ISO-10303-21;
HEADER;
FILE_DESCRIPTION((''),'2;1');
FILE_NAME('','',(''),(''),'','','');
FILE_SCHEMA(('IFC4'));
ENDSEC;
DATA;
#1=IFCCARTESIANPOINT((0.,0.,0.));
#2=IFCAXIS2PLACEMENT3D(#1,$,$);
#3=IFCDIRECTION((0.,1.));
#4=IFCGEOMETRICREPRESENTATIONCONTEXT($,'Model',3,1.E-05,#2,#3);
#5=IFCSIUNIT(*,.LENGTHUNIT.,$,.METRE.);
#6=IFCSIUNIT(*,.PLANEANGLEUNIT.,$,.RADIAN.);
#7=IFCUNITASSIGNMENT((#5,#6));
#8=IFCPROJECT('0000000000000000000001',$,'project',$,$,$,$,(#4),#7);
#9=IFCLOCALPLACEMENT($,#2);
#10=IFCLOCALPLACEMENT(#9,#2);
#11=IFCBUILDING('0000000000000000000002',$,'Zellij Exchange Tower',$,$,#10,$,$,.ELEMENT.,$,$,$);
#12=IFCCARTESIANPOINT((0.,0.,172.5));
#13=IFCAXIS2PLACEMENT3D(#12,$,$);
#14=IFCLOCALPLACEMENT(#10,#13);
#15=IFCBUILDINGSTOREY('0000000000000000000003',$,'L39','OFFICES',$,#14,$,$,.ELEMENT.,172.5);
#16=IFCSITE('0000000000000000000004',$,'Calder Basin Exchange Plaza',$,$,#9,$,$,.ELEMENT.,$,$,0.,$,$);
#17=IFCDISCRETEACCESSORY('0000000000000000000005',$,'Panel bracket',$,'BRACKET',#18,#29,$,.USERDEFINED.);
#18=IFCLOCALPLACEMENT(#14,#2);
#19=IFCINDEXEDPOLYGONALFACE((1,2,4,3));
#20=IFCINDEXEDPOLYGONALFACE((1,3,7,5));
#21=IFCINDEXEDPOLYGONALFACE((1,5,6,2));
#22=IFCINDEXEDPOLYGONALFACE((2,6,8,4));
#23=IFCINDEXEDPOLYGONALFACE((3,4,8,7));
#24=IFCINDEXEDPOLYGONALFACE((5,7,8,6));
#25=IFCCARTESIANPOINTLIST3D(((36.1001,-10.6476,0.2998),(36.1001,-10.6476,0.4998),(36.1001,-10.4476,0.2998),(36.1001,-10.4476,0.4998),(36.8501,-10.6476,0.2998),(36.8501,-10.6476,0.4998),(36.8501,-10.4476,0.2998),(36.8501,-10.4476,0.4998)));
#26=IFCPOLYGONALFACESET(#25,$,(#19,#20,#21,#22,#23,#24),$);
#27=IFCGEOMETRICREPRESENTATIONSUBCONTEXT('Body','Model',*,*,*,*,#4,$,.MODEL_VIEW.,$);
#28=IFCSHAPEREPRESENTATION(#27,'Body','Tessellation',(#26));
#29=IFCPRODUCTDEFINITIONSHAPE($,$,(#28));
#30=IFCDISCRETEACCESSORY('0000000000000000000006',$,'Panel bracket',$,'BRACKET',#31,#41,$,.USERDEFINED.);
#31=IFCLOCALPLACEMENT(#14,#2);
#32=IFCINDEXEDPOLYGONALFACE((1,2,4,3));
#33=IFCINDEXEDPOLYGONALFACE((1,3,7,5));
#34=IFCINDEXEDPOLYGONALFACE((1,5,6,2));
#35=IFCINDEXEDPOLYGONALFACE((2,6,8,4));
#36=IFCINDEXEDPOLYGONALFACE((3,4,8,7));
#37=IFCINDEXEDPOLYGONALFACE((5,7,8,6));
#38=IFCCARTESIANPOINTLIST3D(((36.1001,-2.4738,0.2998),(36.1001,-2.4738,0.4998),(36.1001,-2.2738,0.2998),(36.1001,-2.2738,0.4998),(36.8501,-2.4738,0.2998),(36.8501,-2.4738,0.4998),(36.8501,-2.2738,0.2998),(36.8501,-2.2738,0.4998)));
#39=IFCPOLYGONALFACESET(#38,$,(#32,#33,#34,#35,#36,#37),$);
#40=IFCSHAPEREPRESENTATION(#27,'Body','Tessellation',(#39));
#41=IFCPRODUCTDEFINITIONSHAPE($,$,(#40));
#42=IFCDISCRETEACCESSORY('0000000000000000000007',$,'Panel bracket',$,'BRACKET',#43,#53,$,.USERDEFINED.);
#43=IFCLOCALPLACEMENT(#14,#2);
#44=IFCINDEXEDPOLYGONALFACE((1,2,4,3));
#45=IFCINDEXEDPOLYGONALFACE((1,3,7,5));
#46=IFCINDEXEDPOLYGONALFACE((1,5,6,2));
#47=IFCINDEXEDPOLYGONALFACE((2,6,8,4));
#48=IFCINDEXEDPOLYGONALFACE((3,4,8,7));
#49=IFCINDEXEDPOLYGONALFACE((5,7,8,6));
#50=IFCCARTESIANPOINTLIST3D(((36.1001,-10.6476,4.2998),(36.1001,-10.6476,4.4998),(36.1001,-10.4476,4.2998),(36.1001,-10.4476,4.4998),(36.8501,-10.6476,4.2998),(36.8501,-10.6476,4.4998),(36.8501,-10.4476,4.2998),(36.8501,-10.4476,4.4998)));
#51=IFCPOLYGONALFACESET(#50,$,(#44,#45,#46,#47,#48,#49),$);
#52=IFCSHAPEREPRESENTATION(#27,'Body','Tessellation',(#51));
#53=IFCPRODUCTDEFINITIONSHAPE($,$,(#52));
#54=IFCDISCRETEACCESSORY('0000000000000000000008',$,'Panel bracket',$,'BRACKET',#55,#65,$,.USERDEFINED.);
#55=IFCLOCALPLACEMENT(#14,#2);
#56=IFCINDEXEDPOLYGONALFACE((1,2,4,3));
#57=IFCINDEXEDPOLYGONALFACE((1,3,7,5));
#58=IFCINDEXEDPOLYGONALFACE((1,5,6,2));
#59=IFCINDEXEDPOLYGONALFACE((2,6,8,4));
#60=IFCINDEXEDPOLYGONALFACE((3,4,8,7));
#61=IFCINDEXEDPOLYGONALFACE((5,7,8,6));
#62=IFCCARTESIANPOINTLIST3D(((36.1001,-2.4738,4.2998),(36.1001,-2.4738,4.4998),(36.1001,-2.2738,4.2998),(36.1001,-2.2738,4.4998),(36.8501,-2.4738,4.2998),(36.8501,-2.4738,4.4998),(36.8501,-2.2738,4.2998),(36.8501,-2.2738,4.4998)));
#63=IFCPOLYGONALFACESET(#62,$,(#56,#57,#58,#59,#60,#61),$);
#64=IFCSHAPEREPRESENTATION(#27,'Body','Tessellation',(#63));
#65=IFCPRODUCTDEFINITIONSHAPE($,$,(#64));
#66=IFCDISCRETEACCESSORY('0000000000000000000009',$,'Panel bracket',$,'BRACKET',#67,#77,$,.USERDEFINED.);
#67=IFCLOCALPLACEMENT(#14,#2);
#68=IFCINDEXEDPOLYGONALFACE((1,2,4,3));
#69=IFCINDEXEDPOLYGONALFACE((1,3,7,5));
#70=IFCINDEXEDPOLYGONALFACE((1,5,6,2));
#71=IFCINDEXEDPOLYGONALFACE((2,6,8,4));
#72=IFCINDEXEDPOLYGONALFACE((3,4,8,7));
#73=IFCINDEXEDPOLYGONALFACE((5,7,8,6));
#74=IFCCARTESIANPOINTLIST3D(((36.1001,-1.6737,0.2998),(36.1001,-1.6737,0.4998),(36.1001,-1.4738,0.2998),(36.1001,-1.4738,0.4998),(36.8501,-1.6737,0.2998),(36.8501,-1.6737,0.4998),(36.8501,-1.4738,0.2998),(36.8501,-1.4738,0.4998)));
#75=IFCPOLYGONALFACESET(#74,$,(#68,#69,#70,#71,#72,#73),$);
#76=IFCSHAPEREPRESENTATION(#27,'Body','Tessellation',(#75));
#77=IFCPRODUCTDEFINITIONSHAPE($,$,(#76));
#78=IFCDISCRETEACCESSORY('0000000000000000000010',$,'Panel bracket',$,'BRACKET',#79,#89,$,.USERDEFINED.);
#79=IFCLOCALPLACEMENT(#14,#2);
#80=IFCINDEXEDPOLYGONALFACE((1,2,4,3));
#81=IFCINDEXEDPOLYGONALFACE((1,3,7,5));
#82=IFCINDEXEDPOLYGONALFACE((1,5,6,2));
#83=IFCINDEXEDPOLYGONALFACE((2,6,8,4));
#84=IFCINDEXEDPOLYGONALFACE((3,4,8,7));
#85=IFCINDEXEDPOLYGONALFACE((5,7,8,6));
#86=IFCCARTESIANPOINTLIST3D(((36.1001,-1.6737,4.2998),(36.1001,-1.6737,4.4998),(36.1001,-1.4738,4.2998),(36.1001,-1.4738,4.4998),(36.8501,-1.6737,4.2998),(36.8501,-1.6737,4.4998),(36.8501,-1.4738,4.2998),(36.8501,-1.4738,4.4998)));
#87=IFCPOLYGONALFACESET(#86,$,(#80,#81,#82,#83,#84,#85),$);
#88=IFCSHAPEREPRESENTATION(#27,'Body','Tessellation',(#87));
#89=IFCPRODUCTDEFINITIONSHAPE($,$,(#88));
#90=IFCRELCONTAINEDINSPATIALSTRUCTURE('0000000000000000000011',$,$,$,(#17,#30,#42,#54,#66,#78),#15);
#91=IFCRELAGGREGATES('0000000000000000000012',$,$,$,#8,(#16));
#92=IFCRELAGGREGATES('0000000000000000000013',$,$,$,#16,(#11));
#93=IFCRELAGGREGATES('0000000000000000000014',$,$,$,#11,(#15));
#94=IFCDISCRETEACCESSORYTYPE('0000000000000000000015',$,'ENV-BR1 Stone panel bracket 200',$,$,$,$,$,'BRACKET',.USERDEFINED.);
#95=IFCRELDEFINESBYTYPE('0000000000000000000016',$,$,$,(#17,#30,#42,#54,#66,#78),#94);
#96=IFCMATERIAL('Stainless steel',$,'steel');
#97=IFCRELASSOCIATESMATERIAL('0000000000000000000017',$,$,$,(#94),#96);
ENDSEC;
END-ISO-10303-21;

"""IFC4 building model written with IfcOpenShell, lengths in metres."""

from ifc_helpers import new_model, si_unit, direction, frame, origin, origin_2d, place, context, subcontext, project, spatial, rectangle, extrude, material, type_object, element, save


model = new_model("IFC4")

# Units and contexts
model_context = context("Model", 3, precision=1e-05, world=origin(), true_north=direction((0.0, 1.0)))
body_context = subcontext(model_context, "Body", "Model", "MODEL_VIEW")
ifc_project = project(units=[si_unit("LENGTHUNIT", "METRE"), si_unit("PLANEANGLEUNIT", "RADIAN")], contexts=[model_context])

# Site, building, storey
site_placement = place(None, origin())
site = spatial("IfcSite", under=ifc_project, at=site_placement, Name="Calder Basin Exchange Plaza", CompositionType="ELEMENT", RefElevation=0.0)
building_placement = place(site_placement, origin())
building = spatial("IfcBuilding", under=site, at=building_placement, Name="Zellij Exchange Tower", CompositionType="ELEMENT")
storey_placement = place(building_placement, frame((0.0, 0.0, 172.5)))
storey = spatial("IfcBuildingStorey", under=building, at=storey_placement, Name="L39", Description="OFFICES", CompositionType="ELEMENT", Elevation=172.5)

# Discrete accessories
ifc_material_1 = material(Name="Stainless steel", Category="steel")
discrete_accessory_type = type_object("IfcDiscreteAccessoryType", Name="ENV-BR1 Stone panel bracket 200", ElementType="BRACKET", PredefinedType="USERDEFINED", material=ifc_material_1)
for number, where, z_axis, x_axis, name in (
    (1, (36.4751, -10.5476, 0.2998), (0.0, 0.0, 1.0), (0.0, 1.0, 0.0), "Panel bracket"),
    (2, (36.4751, -2.3738, 0.2998), (0.0, 0.0, 1.0), (0.0, 1.0, 0.0), "Panel bracket"),
    (3, (36.4751, -10.5476, 4.2998), (0.0, 0.0, 1.0), (0.0, 1.0, 0.0), "Panel bracket"),
    (4, (36.4751, -2.3738, 4.2998), (0.0, 0.0, 1.0), (0.0, 1.0, 0.0), "Panel bracket"),
    (5, (36.4751, -1.5737, 0.2998), (0.0, 0.0, 1.0), (0.0, 1.0, 0.0), "Panel bracket"),
    (6, (36.4751, -1.5737, 4.2998), (0.0, 0.0, 1.0), (0.0, 1.0, 0.0), "Panel bracket"),
):
    element("IfcDiscreteAccessory", number, at=place(storey_placement, frame(where, z_axis=z_axis, x_axis=x_axis)), inside=storey, type_object=discrete_accessory_type, Name=name, ObjectType="BRACKET", PredefinedType="USERDEFINED", context=body_context, shape_type="SweptSolid", body=[
        extrude(rectangle(XDim=0.2, YDim=0.75, at=origin_2d()), origin(), (0.0, 0.0, 1.0), 0.2),
    ])

save(model, "model.ifc")
